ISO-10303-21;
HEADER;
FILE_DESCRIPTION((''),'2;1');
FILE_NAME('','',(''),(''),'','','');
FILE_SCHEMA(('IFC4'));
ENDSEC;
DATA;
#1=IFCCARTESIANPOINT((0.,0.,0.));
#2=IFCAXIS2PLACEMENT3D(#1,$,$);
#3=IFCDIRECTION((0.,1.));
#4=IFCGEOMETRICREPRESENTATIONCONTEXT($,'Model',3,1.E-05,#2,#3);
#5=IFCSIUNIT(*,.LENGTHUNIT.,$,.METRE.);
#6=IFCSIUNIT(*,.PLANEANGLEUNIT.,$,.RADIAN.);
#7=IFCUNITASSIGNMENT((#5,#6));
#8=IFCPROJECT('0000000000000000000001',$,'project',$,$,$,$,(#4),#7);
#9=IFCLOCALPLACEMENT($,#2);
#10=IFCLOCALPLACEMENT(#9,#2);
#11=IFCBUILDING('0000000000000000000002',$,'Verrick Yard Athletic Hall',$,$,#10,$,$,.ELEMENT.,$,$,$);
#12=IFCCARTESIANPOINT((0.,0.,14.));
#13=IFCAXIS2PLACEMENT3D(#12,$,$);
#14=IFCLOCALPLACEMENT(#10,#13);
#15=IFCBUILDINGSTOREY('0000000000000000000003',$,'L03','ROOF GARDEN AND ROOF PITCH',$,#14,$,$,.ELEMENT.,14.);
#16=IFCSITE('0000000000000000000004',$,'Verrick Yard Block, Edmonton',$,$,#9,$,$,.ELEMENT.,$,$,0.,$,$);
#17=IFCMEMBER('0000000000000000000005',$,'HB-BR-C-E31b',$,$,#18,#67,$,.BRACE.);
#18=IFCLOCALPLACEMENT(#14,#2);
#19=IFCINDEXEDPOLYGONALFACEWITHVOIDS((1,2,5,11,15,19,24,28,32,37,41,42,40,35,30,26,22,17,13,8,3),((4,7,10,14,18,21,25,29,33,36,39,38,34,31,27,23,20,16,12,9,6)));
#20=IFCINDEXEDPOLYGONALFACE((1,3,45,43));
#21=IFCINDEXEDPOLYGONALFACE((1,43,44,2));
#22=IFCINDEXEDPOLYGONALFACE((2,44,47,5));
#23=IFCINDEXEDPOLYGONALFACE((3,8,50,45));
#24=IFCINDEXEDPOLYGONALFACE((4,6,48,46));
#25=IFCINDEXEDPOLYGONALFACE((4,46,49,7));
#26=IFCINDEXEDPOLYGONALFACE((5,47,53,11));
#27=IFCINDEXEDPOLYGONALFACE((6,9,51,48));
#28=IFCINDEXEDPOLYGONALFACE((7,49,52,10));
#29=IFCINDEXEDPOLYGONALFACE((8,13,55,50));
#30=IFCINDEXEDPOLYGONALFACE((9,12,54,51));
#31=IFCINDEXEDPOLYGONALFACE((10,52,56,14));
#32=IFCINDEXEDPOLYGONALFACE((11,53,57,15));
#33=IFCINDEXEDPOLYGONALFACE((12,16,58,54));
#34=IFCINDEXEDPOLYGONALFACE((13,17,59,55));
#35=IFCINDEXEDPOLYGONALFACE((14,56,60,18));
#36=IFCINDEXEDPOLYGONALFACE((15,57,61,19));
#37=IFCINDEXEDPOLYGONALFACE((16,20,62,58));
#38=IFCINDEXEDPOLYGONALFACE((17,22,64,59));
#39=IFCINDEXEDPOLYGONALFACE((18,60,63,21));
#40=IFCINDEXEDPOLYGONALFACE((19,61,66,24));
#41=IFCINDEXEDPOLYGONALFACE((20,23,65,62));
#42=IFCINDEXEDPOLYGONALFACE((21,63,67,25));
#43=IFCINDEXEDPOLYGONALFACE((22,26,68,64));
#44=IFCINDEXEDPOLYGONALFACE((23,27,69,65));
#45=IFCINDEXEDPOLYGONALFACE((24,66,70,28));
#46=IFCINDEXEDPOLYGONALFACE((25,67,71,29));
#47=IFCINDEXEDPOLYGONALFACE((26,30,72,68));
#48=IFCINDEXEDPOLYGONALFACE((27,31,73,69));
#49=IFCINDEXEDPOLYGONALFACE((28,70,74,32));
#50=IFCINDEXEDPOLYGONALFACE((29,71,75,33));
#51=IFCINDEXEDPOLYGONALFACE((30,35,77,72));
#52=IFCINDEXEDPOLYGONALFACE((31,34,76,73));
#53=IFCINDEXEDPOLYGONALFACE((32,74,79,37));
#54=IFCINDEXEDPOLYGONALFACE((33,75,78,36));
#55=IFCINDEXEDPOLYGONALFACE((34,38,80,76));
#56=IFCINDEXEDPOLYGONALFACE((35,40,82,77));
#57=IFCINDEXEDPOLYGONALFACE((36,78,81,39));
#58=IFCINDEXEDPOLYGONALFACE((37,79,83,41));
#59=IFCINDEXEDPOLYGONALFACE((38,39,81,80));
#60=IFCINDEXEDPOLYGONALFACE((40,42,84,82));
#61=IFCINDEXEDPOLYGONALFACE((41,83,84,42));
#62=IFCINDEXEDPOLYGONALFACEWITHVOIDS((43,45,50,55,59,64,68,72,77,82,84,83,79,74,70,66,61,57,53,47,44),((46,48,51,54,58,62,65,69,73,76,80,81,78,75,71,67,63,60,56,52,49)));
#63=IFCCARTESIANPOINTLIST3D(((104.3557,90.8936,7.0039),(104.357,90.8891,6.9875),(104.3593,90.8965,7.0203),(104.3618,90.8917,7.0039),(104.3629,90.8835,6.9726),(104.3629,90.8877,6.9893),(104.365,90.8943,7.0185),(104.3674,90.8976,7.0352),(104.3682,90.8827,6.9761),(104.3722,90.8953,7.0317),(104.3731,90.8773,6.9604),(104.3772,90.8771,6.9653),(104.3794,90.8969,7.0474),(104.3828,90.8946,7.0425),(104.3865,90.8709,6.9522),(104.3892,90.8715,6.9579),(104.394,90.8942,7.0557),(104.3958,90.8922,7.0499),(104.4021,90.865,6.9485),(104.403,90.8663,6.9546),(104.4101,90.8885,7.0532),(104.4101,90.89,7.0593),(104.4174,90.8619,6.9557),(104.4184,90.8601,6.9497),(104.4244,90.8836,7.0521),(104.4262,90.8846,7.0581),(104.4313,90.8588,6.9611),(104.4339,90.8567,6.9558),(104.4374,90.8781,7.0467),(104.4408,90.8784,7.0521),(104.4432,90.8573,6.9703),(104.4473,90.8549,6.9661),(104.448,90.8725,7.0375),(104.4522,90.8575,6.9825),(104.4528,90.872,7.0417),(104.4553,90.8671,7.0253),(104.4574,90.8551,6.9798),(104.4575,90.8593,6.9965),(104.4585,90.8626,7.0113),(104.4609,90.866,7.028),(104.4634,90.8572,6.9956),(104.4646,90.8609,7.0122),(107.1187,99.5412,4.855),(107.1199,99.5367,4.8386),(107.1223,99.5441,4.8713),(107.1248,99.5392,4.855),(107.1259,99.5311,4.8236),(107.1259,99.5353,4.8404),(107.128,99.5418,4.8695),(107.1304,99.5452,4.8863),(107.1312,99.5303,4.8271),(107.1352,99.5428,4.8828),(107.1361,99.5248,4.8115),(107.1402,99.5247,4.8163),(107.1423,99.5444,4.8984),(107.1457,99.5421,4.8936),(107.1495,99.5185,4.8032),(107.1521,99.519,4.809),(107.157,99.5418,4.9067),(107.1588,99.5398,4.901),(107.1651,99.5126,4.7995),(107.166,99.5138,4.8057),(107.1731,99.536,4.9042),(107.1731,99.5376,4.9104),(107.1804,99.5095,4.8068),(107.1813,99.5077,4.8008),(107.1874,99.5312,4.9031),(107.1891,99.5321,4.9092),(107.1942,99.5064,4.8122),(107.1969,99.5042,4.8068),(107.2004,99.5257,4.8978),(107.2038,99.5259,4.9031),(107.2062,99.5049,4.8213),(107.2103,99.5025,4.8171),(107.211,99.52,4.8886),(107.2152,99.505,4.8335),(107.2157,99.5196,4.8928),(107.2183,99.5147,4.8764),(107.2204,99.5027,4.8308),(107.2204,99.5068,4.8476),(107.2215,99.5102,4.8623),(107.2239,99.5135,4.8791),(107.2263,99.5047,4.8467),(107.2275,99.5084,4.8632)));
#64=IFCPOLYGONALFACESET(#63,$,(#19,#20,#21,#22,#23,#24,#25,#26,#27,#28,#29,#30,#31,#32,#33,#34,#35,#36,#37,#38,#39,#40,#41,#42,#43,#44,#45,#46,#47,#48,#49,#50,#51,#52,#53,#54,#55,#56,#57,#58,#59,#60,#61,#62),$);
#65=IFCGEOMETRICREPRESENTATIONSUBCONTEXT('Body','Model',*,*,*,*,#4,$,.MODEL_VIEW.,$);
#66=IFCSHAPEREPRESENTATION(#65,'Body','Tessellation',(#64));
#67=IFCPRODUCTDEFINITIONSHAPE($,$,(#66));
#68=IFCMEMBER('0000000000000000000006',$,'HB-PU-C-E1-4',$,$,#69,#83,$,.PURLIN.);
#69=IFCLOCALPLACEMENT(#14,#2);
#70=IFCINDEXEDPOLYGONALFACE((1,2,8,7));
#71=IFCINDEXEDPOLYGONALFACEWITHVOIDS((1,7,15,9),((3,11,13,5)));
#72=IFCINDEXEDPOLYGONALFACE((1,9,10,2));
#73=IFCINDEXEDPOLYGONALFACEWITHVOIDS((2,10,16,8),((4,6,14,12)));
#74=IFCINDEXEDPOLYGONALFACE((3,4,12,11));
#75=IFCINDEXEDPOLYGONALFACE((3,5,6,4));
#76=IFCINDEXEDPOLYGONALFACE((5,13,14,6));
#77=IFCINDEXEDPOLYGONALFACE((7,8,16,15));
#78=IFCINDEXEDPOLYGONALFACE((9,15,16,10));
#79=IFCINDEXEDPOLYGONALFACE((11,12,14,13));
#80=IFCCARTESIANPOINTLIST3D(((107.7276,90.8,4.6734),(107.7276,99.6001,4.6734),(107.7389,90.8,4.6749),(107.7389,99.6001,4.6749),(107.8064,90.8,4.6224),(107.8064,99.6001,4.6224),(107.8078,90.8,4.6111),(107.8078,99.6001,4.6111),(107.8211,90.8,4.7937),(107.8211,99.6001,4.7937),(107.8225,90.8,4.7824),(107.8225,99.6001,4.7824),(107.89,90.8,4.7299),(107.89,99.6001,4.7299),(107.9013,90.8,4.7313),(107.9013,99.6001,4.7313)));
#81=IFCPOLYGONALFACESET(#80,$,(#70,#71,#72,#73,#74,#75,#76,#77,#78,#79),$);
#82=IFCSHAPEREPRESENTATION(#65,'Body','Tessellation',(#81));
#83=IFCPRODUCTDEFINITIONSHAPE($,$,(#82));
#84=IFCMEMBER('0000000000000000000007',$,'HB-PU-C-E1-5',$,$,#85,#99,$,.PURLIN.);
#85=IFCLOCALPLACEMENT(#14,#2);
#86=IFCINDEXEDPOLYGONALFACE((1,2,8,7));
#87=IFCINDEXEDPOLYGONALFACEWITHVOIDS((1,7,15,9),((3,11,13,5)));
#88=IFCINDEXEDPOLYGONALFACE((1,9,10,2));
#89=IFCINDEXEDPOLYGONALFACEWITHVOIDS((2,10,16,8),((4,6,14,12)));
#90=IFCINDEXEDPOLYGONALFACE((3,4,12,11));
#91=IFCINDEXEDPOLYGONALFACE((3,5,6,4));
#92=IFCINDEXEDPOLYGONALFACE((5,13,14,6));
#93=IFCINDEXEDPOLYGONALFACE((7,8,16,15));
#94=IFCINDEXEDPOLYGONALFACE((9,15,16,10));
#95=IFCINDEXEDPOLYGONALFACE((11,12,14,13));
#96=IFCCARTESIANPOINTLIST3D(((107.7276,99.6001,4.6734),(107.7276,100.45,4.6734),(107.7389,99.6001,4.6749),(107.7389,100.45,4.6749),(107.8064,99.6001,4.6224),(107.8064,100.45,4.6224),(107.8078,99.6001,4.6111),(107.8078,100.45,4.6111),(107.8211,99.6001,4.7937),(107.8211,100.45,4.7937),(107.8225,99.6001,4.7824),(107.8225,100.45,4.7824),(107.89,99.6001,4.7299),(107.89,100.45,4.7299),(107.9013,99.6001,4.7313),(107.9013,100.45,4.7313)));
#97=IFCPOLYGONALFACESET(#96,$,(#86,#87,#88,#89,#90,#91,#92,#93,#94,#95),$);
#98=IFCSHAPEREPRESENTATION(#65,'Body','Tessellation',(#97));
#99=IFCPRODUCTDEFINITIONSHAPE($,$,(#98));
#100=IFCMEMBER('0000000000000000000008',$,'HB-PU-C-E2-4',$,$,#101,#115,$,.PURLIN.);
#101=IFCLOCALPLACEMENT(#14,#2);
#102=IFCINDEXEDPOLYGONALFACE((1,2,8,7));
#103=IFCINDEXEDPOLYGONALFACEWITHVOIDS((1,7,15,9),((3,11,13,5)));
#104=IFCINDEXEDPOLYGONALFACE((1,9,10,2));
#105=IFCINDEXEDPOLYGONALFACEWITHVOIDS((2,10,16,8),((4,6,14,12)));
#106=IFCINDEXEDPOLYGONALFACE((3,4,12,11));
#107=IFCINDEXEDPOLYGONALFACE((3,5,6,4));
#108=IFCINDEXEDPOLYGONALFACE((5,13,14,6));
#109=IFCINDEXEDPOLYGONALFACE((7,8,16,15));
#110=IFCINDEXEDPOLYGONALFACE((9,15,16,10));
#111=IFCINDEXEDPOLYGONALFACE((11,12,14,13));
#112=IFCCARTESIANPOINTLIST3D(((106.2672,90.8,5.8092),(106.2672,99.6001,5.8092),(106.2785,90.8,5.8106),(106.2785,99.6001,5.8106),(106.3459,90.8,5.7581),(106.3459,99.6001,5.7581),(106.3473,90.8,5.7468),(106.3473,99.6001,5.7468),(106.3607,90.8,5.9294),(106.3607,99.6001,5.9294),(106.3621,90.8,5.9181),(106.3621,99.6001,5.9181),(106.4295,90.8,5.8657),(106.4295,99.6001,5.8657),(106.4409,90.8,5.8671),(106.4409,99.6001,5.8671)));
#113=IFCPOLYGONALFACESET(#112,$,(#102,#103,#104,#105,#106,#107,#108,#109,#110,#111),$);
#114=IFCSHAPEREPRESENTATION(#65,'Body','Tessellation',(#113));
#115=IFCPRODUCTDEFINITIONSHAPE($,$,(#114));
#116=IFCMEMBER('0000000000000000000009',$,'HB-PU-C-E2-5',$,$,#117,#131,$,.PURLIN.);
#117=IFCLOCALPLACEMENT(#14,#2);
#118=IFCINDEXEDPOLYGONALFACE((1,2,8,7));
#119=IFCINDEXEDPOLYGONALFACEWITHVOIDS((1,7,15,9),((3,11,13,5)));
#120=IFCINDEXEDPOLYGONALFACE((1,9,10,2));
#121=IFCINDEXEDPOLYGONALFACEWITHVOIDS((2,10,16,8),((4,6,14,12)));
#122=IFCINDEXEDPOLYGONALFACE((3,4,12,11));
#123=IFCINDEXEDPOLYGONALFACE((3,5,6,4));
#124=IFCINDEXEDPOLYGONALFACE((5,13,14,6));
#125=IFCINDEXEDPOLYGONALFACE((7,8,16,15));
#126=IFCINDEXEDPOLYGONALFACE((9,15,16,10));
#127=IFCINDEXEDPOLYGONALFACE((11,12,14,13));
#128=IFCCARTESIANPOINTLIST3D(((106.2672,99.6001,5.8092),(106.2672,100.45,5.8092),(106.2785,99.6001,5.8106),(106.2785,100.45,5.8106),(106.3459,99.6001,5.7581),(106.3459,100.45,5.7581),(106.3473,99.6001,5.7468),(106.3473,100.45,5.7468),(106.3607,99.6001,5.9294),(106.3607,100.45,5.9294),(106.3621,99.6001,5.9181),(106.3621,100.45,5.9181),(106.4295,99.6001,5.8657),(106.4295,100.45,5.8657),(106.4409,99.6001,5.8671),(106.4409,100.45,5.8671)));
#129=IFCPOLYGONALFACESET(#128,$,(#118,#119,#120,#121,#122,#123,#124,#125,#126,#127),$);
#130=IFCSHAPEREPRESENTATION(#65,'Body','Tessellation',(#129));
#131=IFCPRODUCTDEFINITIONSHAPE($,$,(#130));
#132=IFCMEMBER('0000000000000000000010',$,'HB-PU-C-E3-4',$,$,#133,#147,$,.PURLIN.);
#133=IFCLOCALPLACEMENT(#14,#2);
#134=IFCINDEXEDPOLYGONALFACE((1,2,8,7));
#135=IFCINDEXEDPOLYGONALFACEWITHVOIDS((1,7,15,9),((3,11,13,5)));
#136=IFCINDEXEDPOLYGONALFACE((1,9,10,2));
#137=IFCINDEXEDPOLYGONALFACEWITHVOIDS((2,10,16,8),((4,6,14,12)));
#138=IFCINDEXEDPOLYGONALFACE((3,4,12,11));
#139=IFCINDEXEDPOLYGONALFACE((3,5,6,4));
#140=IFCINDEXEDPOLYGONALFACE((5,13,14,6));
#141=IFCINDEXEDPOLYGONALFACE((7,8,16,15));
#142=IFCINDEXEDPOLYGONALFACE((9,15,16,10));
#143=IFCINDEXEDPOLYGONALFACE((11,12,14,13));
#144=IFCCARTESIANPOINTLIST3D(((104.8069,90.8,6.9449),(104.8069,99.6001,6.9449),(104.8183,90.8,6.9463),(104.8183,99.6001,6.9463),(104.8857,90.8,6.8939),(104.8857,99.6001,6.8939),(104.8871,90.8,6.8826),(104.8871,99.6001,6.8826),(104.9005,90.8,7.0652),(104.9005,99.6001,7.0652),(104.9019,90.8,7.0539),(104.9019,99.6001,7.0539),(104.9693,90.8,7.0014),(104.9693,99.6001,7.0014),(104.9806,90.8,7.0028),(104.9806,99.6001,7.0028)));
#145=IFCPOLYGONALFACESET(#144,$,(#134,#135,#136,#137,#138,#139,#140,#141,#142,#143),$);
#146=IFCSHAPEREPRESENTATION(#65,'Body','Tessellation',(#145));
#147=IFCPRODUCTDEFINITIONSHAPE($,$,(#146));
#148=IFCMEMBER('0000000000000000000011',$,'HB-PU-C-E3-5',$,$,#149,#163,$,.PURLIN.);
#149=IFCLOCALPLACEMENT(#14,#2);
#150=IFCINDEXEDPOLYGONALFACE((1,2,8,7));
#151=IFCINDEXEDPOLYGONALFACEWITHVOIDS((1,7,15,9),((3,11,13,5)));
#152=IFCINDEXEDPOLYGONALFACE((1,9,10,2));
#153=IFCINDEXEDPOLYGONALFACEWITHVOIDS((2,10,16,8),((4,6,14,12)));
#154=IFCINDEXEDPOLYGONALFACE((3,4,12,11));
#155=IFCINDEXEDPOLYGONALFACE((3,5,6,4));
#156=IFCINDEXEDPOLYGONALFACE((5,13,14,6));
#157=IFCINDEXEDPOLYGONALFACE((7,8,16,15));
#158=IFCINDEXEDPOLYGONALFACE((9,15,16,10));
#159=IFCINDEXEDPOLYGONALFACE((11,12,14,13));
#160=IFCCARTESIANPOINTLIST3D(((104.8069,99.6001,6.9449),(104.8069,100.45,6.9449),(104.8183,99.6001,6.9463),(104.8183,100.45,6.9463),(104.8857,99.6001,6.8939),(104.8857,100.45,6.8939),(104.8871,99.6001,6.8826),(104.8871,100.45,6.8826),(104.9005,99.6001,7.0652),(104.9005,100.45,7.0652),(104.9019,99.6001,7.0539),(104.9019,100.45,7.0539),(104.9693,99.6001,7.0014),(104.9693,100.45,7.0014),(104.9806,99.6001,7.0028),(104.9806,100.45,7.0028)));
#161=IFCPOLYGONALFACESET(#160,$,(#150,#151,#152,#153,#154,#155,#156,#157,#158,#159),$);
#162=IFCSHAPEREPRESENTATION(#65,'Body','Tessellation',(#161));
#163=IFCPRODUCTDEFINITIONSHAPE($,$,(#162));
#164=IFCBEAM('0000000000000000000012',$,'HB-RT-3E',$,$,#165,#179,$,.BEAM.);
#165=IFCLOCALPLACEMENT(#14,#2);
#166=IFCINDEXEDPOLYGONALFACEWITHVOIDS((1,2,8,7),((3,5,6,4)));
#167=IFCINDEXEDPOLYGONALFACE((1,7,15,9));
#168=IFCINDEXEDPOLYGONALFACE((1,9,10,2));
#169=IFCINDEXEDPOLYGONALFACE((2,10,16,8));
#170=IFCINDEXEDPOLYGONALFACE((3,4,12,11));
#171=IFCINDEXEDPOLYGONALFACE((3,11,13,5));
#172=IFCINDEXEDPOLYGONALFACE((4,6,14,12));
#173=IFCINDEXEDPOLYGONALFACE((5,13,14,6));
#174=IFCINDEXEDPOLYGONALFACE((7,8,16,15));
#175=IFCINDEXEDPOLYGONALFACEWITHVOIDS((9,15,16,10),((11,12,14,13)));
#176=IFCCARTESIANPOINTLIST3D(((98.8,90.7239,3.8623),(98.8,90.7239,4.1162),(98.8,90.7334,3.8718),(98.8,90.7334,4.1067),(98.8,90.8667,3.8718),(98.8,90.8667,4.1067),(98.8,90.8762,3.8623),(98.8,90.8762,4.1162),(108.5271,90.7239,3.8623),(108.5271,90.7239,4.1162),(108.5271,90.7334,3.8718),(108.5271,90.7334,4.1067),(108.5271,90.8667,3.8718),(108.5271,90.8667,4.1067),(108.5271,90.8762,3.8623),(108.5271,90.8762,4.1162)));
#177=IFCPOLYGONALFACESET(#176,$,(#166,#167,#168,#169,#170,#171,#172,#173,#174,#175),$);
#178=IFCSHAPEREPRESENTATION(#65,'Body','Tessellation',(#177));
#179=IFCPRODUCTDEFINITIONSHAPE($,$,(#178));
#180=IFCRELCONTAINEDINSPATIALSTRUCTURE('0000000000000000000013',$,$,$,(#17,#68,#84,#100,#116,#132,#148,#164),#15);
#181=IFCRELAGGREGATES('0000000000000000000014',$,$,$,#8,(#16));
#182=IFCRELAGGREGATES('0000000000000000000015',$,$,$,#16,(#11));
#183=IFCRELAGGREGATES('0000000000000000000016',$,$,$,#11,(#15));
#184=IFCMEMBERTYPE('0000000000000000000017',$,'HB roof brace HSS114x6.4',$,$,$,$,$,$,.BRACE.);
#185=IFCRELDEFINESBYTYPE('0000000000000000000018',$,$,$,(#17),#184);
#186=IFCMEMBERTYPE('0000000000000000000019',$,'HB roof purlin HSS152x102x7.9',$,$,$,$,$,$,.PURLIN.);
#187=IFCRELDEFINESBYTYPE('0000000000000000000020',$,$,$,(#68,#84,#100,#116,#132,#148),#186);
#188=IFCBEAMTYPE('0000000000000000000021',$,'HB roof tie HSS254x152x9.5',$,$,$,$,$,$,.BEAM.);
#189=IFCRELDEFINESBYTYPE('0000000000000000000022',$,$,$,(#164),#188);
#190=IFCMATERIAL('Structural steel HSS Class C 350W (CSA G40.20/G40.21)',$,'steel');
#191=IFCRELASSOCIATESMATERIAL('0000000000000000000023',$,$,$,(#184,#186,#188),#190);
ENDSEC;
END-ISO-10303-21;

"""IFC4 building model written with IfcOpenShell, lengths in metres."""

from ifc_helpers import new_model, si_unit, direction, frame, origin, origin_2d, place, context, subcontext, project, spatial, hollow_rectangle, hollow_circle, extrude, material, material_profile, profile_set, type_object, element, save


model = new_model("IFC4")

# Units and contexts
model_context = context("Model", 3, precision=1e-05, world=origin(), true_north=direction((0.0, 1.0)))
body_context = subcontext(model_context, "Body", "Model", "MODEL_VIEW")
ifc_project = project(units=[si_unit("LENGTHUNIT", "METRE"), si_unit("PLANEANGLEUNIT", "RADIAN")], contexts=[model_context])

# Site, building, storey
site_placement = place(None, origin())
site = spatial("IfcSite", under=ifc_project, at=site_placement, Name="Verrick Yard Block, Edmonton", CompositionType="ELEMENT", RefElevation=0.0)
building_placement = place(site_placement, origin())
building = spatial("IfcBuilding", under=site, at=building_placement, Name="Verrick Yard Athletic Hall", CompositionType="ELEMENT")
storey_placement = place(building_placement, frame((0.0, 0.0, 14.0)))
storey = spatial("IfcBuildingStorey", under=building, at=storey_placement, Name="L03", Description="ROOF GARDEN AND ROOF PITCH", CompositionType="ELEMENT", Elevation=14.0)

# Shared definitions
ifc_material_1 = material(Name="Structural steel HSS Class C 350W (CSA G40.20/G40.21)", Category="steel")

# Members
ifc_material_profile_1 = material_profile(ifc_material_1, hollow_circle(Radius=0.0571, WallThickness=0.0063, at=origin_2d()), Name="HSS114x6.4")
ifc_profile_set_1 = profile_set([ifc_material_profile_1], Name="Structural steel HSS Class C 350W (CSA G40.20/G40.21)")
member_type_1 = type_object("IfcMemberType", Name="HB roof brace HSS114x6.4", PredefinedType="BRACE", material=ifc_profile_set_1)
member_1_placement = place(storey_placement, frame((104.4102, 90.8762, 7.0039), z_axis=(0.296167, 0.926944, -0.230349), x_axis=(-0.95256, 0.304351, 0.0)))
element("IfcMember", 1, at=member_1_placement, inside=storey, type_object=member_type_1, Name="HB-BR-C-E31b", PredefinedType="BRACE", context=body_context, shape_type="SweptSolid", body=[
    extrude(hollow_circle(Radius=0.0571, WallThickness=0.0063, at=origin_2d()), origin(), (0.0, 0.0, 1.0), 9.3291),
])
ifc_material_profile_2 = material_profile(ifc_material_1, hollow_rectangle(XDim=0.1016, YDim=0.1523, WallThickness=0.0081, at=origin_2d()), Name="HSS152x102x7.9")
ifc_profile_set_2 = profile_set([ifc_material_profile_2], Name="Structural steel HSS Class C 350W (CSA G40.20/G40.21)")
member_type_2 = type_object("IfcMemberType", Name="HB roof purlin HSS152x102x7.9", PredefinedType="PURLIN", material=ifc_profile_set_2)
member_2_placement = place(storey_placement, frame((107.8145, 90.8, 4.7024), z_axis=(0.0, 1.0, 0.0), x_axis=(-0.789352, 0.0, 0.613941)))
element("IfcMember", 2, at=member_2_placement, inside=storey, type_object=member_type_2, Name="HB-PU-C-E1-4", PredefinedType="PURLIN", context=body_context, shape_type="SweptSolid", body=[
    extrude(hollow_rectangle(XDim=0.1016, YDim=0.1523, WallThickness=0.0081, at=origin_2d()), origin(), (0.0, 0.0, 1.0), 8.8),
])
member_3_placement = place(storey_placement, frame((107.8145, 99.6001, 4.7024), z_axis=(0.0, 1.0, 0.0), x_axis=(-0.789352, 0.0, 0.613941)))
element("IfcMember", 3, at=member_3_placement, inside=storey, type_object=member_type_2, Name="HB-PU-C-E1-5", PredefinedType="PURLIN", context=body_context, shape_type="SweptSolid", body=[
    extrude(hollow_rectangle(XDim=0.1016, YDim=0.1523, WallThickness=0.0081, at=origin_2d()), origin(), (0.0, 0.0, 1.0), 0.8499),
])
member_4_placement = place(storey_placement, frame((106.354, 90.8, 5.8381), z_axis=(0.0, 1.0, 0.0), x_axis=(-0.789352, 0.0, 0.613941)))
element("IfcMember", 4, at=member_4_placement, inside=storey, type_object=member_type_2, Name="HB-PU-C-E2-4", PredefinedType="PURLIN", context=body_context, shape_type="SweptSolid", body=[
    extrude(hollow_rectangle(XDim=0.1016, YDim=0.1523, WallThickness=0.0081, at=origin_2d()), origin(), (0.0, 0.0, 1.0), 8.8),
])
member_5_placement = place(storey_placement, frame((106.354, 99.6001, 5.8381), z_axis=(0.0, 1.0, 0.0), x_axis=(-0.789352, 0.0, 0.613941)))
element("IfcMember", 5, at=member_5_placement, inside=storey, type_object=member_type_2, Name="HB-PU-C-E2-5", PredefinedType="PURLIN", context=body_context, shape_type="SweptSolid", body=[
    extrude(hollow_rectangle(XDim=0.1016, YDim=0.1523, WallThickness=0.0081, at=origin_2d()), origin(), (0.0, 0.0, 1.0), 0.8499),
])
member_6_placement = place(storey_placement, frame((104.8938, 90.8, 6.9739), z_axis=(0.0, 1.0, 0.0), x_axis=(-0.789352, 0.0, 0.613941)))
element("IfcMember", 6, at=member_6_placement, inside=storey, type_object=member_type_2, Name="HB-PU-C-E3-4", PredefinedType="PURLIN", context=body_context, shape_type="SweptSolid", body=[
    extrude(hollow_rectangle(XDim=0.1016, YDim=0.1523, WallThickness=0.0081, at=origin_2d()), origin(), (0.0, 0.0, 1.0), 8.8),
])
member_7_placement = place(storey_placement, frame((104.8938, 99.6001, 6.9739), z_axis=(0.0, 1.0, 0.0), x_axis=(-0.789352, 0.0, 0.613941)))
element("IfcMember", 7, at=member_7_placement, inside=storey, type_object=member_type_2, Name="HB-PU-C-E3-5", PredefinedType="PURLIN", context=body_context, shape_type="SweptSolid", body=[
    extrude(hollow_rectangle(XDim=0.1016, YDim=0.1523, WallThickness=0.0081, at=origin_2d()), origin(), (0.0, 0.0, 1.0), 0.8499),
])

# Beam
ifc_material_profile_3 = material_profile(ifc_material_1, hollow_rectangle(XDim=0.1523, YDim=0.2539, WallThickness=0.0095, at=origin_2d()), Name="HSS254x152x9.5")
ifc_profile_set_3 = profile_set([ifc_material_profile_3], Name="Structural steel HSS Class C 350W (CSA G40.20/G40.21)")
beam_type = type_object("IfcBeamType", Name="HB roof tie HSS254x152x9.5", PredefinedType="BEAM", material=ifc_profile_set_3)
beam_placement = place(storey_placement, frame((108.5271, 90.8, 3.9893), z_axis=(-1.0, 0.0, 0.0), x_axis=(0.0, -1.0, 0.0)))
element("IfcBeam", 8, at=beam_placement, inside=storey, type_object=beam_type, Name="HB-RT-3E", PredefinedType="BEAM", context=body_context, shape_type="SweptSolid", body=[
    extrude(hollow_rectangle(XDim=0.1523, YDim=0.2539, WallThickness=0.0095, at=origin_2d()), origin(), (0.0, 0.0, 1.0), 9.7271),
])

save(model, "model.ifc")
